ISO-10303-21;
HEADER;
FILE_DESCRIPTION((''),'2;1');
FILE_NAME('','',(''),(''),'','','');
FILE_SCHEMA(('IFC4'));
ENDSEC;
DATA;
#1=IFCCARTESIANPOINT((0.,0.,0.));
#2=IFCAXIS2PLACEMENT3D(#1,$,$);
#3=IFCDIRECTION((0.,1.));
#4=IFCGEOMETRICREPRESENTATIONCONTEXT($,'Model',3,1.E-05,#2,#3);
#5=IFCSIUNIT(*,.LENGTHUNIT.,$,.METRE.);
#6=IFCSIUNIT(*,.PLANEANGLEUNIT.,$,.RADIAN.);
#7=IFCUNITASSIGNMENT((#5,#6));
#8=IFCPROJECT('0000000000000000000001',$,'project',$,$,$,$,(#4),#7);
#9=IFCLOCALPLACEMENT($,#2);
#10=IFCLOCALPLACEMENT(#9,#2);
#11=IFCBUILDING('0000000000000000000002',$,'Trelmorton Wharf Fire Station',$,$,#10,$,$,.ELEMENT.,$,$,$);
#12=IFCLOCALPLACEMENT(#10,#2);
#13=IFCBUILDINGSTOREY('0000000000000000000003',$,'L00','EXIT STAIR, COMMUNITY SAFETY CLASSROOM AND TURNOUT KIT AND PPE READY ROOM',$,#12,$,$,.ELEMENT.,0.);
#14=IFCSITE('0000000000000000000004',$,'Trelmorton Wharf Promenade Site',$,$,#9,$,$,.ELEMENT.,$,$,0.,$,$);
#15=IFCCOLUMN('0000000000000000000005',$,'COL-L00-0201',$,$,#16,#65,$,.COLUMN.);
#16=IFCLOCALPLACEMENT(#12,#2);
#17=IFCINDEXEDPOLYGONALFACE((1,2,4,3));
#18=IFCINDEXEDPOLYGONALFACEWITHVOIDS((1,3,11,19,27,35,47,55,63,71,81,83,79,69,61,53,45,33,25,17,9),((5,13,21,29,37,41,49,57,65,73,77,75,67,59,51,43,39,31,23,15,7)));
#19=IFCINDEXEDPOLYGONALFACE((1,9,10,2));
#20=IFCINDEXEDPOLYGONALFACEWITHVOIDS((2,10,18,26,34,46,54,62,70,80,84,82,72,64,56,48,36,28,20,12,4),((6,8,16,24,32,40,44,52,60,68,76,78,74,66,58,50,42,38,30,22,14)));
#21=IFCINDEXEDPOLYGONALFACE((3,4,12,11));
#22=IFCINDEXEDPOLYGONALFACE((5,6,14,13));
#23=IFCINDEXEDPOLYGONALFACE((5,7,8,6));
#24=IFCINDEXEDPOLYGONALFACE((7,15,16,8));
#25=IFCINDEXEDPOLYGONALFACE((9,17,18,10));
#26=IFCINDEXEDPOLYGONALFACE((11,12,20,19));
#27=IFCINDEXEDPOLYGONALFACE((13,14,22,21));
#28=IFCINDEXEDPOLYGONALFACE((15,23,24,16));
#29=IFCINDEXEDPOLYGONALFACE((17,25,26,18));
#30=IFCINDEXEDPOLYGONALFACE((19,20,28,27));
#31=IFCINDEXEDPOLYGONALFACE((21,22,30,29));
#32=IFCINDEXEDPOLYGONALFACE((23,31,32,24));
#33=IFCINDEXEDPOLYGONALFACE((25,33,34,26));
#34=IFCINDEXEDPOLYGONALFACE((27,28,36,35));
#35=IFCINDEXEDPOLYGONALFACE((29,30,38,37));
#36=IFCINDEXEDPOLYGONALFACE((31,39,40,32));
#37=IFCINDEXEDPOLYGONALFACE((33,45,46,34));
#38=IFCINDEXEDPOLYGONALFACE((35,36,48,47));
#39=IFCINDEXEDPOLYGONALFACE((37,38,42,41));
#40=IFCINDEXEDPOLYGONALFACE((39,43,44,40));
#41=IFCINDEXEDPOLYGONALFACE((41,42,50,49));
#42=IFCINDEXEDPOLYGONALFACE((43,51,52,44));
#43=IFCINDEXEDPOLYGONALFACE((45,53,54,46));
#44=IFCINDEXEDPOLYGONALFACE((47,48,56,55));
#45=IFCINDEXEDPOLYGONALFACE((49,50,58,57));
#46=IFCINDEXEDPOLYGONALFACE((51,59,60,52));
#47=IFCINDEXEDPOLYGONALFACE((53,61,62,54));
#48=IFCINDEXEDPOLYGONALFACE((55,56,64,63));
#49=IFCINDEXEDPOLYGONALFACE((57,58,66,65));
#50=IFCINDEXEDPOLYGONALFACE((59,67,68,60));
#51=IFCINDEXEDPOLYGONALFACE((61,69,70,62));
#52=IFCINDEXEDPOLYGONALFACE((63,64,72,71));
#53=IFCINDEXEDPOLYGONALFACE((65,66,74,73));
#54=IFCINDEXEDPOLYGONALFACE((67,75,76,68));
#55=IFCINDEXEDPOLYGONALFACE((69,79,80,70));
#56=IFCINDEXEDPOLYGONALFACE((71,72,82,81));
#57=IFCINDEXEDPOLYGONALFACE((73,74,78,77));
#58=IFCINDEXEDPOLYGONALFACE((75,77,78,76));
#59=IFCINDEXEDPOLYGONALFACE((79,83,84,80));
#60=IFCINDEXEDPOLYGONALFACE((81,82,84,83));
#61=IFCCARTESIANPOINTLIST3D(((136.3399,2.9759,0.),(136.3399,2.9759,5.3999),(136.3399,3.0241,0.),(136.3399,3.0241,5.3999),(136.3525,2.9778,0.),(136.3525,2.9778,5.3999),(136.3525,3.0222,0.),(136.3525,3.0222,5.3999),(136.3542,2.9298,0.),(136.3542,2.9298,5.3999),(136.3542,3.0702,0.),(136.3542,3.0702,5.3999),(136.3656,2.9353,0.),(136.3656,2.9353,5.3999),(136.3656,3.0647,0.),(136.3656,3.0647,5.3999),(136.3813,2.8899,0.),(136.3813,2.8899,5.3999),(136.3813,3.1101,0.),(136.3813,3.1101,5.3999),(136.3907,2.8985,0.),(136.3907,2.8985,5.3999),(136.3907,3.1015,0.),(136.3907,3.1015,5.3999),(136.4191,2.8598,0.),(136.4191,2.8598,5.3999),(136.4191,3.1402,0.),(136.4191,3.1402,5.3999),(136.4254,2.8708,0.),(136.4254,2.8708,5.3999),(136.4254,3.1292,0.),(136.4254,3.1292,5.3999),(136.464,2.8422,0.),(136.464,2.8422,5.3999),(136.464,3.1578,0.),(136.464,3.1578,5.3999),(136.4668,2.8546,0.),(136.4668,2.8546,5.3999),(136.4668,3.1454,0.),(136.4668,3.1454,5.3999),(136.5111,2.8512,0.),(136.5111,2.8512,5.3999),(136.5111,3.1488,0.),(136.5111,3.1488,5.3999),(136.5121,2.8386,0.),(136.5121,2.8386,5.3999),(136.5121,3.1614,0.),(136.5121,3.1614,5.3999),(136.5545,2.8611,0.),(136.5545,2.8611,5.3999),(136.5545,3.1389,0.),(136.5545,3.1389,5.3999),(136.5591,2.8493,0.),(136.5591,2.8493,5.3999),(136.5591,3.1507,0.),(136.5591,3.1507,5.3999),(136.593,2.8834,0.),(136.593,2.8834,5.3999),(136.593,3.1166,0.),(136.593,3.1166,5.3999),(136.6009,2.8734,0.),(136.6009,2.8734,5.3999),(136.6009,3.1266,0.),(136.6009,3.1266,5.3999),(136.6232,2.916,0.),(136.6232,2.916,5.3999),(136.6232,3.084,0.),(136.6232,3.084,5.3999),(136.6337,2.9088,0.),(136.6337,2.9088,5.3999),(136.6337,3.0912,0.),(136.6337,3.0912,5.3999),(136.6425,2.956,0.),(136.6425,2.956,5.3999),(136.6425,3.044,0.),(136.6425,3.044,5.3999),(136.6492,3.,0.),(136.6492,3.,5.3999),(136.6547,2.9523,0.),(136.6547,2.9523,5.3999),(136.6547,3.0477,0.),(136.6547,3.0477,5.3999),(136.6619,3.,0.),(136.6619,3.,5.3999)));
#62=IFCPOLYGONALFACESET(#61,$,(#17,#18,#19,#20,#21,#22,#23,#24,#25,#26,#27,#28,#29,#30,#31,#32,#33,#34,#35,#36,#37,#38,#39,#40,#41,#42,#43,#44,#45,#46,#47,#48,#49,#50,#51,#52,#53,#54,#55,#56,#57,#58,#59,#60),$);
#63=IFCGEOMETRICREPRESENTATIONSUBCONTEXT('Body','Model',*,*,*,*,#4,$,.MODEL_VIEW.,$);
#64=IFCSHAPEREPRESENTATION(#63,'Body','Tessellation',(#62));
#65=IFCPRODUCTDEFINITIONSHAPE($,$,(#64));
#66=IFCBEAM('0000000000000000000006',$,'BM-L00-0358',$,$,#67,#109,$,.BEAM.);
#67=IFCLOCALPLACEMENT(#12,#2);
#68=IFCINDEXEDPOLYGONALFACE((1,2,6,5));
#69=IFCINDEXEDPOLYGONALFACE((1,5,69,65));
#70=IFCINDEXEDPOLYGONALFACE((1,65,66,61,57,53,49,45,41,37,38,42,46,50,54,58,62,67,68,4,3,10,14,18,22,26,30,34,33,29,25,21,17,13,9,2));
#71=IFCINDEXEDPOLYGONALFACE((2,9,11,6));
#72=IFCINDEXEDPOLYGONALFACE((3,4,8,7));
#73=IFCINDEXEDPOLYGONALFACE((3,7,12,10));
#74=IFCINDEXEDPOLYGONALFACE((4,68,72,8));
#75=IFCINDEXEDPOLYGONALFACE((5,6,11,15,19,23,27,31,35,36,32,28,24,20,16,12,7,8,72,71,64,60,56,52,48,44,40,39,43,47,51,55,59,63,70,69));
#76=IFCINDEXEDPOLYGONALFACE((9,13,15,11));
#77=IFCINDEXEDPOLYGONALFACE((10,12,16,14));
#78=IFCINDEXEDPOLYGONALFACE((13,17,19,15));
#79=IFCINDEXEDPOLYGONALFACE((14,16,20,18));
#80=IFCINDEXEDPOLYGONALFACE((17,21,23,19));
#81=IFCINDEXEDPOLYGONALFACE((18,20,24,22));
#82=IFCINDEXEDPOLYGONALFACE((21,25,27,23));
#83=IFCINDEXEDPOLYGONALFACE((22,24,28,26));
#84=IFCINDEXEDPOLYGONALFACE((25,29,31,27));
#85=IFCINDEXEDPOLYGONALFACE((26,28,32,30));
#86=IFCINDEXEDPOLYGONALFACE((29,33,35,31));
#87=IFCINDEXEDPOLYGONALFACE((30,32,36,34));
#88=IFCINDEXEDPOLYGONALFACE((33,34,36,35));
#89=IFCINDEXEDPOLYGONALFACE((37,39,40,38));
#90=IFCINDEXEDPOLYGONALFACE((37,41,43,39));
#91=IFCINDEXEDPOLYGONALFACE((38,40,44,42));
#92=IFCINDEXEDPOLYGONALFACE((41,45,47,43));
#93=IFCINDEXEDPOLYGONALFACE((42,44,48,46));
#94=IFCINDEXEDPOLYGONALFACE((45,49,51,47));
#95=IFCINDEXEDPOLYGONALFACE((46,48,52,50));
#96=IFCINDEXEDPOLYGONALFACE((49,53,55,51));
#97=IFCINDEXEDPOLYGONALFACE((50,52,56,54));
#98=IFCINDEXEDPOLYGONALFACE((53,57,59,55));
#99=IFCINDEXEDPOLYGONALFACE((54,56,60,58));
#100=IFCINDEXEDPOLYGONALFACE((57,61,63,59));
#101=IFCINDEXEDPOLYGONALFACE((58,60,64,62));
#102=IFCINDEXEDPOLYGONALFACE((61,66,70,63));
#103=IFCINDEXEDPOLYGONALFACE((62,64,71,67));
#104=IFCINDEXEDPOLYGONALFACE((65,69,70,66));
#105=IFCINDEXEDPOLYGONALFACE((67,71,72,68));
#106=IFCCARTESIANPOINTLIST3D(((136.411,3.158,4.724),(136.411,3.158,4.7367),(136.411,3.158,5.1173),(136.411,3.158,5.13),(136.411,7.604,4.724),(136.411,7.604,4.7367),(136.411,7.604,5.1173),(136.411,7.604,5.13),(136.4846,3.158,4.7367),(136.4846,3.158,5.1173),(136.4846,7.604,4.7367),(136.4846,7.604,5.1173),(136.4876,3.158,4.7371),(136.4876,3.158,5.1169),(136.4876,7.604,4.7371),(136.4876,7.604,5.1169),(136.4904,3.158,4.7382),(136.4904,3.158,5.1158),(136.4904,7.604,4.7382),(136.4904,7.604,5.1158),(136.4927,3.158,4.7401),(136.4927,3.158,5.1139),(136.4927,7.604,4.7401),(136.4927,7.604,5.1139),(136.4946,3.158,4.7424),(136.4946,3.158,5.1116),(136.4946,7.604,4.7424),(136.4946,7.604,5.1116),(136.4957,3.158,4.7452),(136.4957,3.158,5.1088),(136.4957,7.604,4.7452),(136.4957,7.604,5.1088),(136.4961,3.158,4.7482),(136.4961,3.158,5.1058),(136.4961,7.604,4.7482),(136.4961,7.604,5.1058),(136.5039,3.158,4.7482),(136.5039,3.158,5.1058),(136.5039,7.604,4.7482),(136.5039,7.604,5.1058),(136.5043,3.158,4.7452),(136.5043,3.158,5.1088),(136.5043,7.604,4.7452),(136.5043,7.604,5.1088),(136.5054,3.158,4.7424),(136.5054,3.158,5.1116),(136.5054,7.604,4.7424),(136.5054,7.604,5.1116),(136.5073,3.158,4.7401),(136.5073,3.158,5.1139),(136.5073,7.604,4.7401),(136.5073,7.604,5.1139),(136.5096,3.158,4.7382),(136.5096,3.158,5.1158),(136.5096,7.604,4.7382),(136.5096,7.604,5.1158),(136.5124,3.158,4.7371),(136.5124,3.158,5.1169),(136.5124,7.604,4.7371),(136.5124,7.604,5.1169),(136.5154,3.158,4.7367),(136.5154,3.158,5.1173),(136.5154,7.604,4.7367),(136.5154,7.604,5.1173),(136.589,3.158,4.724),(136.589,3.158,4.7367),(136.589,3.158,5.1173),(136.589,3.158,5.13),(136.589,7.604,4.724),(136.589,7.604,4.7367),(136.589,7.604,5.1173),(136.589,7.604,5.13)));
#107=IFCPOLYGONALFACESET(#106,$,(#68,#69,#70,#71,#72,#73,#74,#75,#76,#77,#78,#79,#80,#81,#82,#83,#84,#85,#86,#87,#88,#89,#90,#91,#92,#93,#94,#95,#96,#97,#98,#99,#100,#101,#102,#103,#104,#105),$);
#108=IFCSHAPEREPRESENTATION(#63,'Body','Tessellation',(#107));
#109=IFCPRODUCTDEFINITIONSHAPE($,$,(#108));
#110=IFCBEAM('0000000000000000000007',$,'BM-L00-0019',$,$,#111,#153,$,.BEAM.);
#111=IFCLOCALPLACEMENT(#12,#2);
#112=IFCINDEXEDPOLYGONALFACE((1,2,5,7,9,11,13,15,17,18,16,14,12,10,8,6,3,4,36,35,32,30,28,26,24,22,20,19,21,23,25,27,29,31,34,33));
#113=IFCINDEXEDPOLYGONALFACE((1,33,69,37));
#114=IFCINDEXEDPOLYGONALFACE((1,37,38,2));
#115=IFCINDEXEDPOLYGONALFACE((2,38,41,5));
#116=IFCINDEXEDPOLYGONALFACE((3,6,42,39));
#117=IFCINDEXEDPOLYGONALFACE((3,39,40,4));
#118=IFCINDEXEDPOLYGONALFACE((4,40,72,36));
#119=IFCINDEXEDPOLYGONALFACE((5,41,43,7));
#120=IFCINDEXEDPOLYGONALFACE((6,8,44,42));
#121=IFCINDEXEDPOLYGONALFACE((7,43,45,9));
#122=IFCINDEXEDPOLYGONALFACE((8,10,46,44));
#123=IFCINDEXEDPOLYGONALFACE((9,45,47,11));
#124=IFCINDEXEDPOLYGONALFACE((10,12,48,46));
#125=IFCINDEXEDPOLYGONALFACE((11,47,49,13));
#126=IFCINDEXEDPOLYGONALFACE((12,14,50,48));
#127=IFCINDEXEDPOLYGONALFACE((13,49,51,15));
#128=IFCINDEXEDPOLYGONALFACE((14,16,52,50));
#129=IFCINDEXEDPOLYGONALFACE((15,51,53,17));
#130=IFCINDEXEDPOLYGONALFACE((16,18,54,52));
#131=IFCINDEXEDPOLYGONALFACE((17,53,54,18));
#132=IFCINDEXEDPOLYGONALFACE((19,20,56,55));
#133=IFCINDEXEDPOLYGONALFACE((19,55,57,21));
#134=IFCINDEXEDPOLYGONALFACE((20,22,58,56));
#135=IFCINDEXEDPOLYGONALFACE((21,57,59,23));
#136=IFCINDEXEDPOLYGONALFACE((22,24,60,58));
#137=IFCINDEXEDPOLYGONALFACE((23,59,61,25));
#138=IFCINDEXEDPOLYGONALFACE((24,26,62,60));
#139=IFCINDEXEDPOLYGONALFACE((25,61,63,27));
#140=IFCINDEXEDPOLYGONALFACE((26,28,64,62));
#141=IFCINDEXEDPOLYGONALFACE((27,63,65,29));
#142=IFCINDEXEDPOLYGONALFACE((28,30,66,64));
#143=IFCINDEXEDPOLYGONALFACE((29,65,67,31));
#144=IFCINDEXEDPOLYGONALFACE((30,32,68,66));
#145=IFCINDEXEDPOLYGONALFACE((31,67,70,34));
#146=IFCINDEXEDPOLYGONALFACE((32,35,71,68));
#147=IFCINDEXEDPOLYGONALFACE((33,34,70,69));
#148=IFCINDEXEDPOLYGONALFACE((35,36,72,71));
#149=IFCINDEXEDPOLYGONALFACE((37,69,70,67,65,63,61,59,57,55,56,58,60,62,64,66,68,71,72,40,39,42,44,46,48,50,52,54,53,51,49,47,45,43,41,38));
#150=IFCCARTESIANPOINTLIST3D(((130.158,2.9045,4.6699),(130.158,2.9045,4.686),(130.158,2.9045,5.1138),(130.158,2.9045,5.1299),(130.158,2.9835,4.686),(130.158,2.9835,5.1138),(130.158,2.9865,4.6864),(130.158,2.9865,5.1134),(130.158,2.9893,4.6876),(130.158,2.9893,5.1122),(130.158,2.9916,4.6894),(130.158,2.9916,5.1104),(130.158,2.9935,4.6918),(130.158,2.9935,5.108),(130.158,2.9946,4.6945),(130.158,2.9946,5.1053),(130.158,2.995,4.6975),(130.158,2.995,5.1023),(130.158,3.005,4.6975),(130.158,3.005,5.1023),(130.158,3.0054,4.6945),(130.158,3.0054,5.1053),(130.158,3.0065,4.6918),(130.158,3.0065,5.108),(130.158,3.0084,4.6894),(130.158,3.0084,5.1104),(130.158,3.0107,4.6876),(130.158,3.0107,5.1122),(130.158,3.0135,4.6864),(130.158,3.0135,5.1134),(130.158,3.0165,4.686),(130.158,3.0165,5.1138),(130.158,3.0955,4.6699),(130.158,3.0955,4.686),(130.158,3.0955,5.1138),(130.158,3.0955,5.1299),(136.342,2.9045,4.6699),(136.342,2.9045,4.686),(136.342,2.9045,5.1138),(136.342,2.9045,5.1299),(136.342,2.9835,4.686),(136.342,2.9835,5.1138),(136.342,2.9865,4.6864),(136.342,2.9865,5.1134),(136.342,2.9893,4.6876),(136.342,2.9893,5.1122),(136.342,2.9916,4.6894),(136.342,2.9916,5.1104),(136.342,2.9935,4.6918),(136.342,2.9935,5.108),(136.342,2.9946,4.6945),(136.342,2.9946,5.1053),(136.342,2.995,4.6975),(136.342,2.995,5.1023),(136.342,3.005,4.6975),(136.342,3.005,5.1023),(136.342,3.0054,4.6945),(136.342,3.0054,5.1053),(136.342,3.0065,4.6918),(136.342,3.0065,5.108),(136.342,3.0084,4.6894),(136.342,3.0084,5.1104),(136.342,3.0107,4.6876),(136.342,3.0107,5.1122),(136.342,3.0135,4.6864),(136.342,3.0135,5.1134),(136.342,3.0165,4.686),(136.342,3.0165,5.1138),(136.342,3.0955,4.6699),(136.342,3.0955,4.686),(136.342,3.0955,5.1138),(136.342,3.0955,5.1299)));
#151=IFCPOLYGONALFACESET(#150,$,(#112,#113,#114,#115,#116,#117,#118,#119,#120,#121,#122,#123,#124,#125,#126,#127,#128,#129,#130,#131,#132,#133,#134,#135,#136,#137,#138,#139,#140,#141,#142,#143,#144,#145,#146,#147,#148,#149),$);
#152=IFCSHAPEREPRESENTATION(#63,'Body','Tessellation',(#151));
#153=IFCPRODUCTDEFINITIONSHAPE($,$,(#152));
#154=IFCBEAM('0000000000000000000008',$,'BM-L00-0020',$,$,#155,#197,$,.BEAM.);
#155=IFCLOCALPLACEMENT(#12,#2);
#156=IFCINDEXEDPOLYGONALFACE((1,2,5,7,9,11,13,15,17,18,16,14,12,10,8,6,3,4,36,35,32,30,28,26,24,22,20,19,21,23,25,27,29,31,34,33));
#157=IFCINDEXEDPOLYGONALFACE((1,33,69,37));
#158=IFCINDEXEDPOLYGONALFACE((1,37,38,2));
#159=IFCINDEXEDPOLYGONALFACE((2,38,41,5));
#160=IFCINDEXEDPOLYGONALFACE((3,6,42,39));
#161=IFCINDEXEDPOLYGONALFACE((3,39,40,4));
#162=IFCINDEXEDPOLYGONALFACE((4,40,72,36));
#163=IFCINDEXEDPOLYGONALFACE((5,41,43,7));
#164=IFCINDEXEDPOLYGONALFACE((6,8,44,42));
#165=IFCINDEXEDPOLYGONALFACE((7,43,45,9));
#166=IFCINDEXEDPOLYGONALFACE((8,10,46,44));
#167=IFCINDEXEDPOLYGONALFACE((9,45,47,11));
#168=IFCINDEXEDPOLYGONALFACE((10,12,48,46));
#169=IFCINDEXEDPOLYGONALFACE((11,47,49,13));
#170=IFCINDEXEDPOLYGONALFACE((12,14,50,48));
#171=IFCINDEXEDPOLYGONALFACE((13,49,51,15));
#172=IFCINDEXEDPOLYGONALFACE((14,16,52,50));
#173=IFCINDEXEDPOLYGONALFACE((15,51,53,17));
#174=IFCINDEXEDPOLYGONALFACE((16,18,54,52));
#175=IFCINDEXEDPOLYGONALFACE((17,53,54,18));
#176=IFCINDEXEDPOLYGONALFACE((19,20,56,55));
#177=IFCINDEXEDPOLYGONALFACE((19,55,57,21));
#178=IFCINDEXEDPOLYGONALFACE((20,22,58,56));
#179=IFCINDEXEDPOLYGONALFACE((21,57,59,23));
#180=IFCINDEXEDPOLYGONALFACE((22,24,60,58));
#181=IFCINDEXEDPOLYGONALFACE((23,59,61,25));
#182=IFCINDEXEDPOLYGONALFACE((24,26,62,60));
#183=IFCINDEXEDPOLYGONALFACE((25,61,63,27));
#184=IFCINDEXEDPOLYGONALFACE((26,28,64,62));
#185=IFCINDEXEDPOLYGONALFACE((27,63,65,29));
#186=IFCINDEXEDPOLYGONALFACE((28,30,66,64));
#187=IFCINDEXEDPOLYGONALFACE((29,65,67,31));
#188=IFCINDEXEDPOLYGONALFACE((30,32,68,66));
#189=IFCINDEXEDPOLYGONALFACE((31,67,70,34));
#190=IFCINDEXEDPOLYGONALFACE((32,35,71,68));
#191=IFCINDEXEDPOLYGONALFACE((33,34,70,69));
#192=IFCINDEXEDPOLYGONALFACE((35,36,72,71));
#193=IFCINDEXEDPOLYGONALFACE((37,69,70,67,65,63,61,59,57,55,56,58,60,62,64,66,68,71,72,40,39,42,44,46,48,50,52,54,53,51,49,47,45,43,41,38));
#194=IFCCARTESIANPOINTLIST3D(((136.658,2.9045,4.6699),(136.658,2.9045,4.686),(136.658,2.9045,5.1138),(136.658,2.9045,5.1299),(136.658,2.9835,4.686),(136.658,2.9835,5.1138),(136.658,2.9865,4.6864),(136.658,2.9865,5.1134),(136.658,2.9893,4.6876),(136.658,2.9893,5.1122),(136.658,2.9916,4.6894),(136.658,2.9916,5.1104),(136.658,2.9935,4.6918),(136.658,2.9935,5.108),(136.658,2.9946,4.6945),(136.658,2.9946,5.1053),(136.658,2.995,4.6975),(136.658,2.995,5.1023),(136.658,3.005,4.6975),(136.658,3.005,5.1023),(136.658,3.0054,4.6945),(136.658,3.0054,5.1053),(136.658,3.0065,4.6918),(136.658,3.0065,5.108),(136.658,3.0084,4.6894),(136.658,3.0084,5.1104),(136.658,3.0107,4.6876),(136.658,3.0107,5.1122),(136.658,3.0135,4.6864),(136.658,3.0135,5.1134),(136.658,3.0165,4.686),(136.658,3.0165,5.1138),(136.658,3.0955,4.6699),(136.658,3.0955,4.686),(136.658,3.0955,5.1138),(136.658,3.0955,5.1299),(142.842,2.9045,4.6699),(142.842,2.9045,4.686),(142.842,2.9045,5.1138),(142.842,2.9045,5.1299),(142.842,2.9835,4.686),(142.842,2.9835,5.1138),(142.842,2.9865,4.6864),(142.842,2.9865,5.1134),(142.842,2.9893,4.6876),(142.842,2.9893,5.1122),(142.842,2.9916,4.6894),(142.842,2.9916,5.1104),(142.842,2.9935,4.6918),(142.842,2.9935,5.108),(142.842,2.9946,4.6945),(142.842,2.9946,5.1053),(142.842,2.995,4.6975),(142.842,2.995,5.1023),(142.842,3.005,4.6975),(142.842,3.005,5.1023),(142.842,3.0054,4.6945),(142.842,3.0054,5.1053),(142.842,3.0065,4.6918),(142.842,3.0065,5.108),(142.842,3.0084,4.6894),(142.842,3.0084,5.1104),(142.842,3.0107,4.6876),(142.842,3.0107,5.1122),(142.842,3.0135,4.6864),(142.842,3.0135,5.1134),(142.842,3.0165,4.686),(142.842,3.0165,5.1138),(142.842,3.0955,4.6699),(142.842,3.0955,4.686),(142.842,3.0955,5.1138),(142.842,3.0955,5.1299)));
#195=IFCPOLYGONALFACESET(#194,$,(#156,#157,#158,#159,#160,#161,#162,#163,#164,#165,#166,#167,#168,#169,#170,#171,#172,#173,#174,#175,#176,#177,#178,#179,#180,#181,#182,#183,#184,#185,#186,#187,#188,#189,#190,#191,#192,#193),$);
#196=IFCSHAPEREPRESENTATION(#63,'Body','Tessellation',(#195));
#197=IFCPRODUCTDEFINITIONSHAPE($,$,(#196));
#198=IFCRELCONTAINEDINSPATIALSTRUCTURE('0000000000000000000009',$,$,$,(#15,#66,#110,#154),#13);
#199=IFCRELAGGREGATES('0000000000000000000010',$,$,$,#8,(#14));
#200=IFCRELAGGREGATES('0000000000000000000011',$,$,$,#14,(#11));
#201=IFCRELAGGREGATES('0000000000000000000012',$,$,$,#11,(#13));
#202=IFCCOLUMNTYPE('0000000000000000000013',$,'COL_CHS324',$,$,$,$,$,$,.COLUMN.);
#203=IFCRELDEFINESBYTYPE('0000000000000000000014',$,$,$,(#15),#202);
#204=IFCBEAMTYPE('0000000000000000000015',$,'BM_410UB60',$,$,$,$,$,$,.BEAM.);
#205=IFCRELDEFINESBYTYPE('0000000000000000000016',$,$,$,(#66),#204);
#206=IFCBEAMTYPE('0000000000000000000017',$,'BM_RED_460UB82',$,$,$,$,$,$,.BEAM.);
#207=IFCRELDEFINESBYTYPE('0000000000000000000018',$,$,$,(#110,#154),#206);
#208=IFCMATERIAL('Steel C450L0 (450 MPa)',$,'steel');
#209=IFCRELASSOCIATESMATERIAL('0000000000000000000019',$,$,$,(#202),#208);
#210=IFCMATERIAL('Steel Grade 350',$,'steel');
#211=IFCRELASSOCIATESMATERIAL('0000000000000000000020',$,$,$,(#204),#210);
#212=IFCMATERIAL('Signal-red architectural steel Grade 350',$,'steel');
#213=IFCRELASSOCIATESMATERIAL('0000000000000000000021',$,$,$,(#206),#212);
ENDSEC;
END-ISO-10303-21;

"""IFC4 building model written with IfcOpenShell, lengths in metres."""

from ifc_helpers import new_model, si_unit, direction, frame, origin, origin_2d, place, context, subcontext, project, spatial, hollow_circle, i_section, extrude, material, material_profile, profile_set, type_object, element, save


model = new_model("IFC4")

# Units and contexts
model_context = context("Model", 3, precision=1e-05, world=origin(), true_north=direction((0.0, 1.0)))
body_context = subcontext(model_context, "Body", "Model", "MODEL_VIEW")
ifc_project = project(units=[si_unit("LENGTHUNIT", "METRE"), si_unit("PLANEANGLEUNIT", "RADIAN")], contexts=[model_context])

# Site, building, storey
site_placement = place(None, origin())
site = spatial("IfcSite", under=ifc_project, at=site_placement, Name="Trelmorton Wharf Promenade Site", CompositionType="ELEMENT", RefElevation=0.0)
building_placement = place(site_placement, origin())
building = spatial("IfcBuilding", under=site, at=building_placement, Name="Trelmorton Wharf Fire Station", CompositionType="ELEMENT")
storey_placement = place(building_placement, origin())
storey = spatial("IfcBuildingStorey", under=building, at=storey_placement, Name="L00", Description="EXIT STAIR, COMMUNITY SAFETY CLASSROOM AND TURNOUT KIT AND PPE READY ROOM", CompositionType="ELEMENT", Elevation=0.0)

# Column
ifc_material_1 = material(Name="Steel Grade 350", Category="steel")
ifc_material_2 = material(Name="Steel C450L0 (450 MPa)", Category="steel")
ifc_material_profile_1 = material_profile(ifc_material_2, hollow_circle(Radius=0.1619, WallThickness=0.0127, at=origin_2d()), Name="323.9x12.7CHS")
ifc_profile_set_1 = profile_set([ifc_material_profile_1], Name="Steel C450L0 (450 MPa)")
column_type_1 = type_object("IfcColumnType", Name="COL_CHS324", PredefinedType="COLUMN", material=ifc_profile_set_1)
column_1_placement = place(storey_placement, frame((136.5, 3.0, 0.0), z_axis=(0.0, 0.0, 1.0), x_axis=(1.0, 0.0, 0.0)))
element("IfcColumn", 1, at=column_1_placement, inside=storey, type_object=column_type_1, Name="COL-L00-0201", PredefinedType="COLUMN", context=body_context, shape_type="SweptSolid", body=[
    extrude(hollow_circle(Radius=0.1619, WallThickness=0.0127, at=origin_2d()), origin(), (0.0, 0.0, 1.0), 5.3999),
])

# Beams
ifc_material_profile_2 = material_profile(ifc_material_1, i_section(OverallWidth=0.178, OverallDepth=0.406, WebThickness=0.0078, FlangeThickness=0.0127, FilletRadius=0.0115, at=origin_2d()), Name="410UB59.7")
ifc_profile_set_2 = profile_set([ifc_material_profile_2], Name="Steel Grade 350")
beam_type_1 = type_object("IfcBeamType", Name="BM_410UB60", PredefinedType="BEAM", material=ifc_profile_set_2)
beam_placement = place(storey_placement, frame((136.5, 3.158, 4.927), z_axis=(0.0, 1.0, 0.0), x_axis=(-1.0, 0.0, 0.0)))
element("IfcBeam", 2, at=beam_placement, inside=storey, type_object=beam_type_1, Name="BM-L00-0358", PredefinedType="BEAM", context=body_context, shape_type="SweptSolid", body=[
    extrude(i_section(OverallWidth=0.178, OverallDepth=0.406, WebThickness=0.0078, FlangeThickness=0.0127, FilletRadius=0.0115, at=origin_2d()), origin(), (0.0, 0.0, 1.0), 4.446),
])
ifc_material_3 = material(Name="Signal-red architectural steel Grade 350", Category="steel")
ifc_material_profile_3 = material_profile(ifc_material_3, i_section(OverallWidth=0.1909, OverallDepth=0.46, WebThickness=0.01, FlangeThickness=0.0161, FilletRadius=0.0115, at=origin_2d()), Name="460UB82.1")
ifc_profile_set_3 = profile_set([ifc_material_profile_3], Name="Signal-red architectural steel Grade 350")
beam_type_2 = type_object("IfcBeamType", Name="BM_RED_460UB82", PredefinedType="BEAM", material=ifc_profile_set_3)
for number, where, z_axis, x_axis, name in (
    (3, (130.158, 3.0, 4.8999), (1.0, 0.0, 0.0), (0.0, 1.0, 0.0), "BM-L00-0019"),
    (4, (136.658, 3.0, 4.8999), (1.0, 0.0, 0.0), (0.0, 1.0, 0.0), "BM-L00-0020"),
):
    element("IfcBeam", number, at=place(storey_placement, frame(where, z_axis=z_axis, x_axis=x_axis)), inside=storey, type_object=beam_type_2, Name=name, PredefinedType="BEAM", context=body_context, shape_type="SweptSolid", body=[
        extrude(i_section(OverallWidth=0.1909, OverallDepth=0.46, WebThickness=0.01, FlangeThickness=0.0161, FilletRadius=0.0115, at=origin_2d()), origin(), (0.0, 0.0, 1.0), 6.1841),
    ])

save(model, "model.ifc")
